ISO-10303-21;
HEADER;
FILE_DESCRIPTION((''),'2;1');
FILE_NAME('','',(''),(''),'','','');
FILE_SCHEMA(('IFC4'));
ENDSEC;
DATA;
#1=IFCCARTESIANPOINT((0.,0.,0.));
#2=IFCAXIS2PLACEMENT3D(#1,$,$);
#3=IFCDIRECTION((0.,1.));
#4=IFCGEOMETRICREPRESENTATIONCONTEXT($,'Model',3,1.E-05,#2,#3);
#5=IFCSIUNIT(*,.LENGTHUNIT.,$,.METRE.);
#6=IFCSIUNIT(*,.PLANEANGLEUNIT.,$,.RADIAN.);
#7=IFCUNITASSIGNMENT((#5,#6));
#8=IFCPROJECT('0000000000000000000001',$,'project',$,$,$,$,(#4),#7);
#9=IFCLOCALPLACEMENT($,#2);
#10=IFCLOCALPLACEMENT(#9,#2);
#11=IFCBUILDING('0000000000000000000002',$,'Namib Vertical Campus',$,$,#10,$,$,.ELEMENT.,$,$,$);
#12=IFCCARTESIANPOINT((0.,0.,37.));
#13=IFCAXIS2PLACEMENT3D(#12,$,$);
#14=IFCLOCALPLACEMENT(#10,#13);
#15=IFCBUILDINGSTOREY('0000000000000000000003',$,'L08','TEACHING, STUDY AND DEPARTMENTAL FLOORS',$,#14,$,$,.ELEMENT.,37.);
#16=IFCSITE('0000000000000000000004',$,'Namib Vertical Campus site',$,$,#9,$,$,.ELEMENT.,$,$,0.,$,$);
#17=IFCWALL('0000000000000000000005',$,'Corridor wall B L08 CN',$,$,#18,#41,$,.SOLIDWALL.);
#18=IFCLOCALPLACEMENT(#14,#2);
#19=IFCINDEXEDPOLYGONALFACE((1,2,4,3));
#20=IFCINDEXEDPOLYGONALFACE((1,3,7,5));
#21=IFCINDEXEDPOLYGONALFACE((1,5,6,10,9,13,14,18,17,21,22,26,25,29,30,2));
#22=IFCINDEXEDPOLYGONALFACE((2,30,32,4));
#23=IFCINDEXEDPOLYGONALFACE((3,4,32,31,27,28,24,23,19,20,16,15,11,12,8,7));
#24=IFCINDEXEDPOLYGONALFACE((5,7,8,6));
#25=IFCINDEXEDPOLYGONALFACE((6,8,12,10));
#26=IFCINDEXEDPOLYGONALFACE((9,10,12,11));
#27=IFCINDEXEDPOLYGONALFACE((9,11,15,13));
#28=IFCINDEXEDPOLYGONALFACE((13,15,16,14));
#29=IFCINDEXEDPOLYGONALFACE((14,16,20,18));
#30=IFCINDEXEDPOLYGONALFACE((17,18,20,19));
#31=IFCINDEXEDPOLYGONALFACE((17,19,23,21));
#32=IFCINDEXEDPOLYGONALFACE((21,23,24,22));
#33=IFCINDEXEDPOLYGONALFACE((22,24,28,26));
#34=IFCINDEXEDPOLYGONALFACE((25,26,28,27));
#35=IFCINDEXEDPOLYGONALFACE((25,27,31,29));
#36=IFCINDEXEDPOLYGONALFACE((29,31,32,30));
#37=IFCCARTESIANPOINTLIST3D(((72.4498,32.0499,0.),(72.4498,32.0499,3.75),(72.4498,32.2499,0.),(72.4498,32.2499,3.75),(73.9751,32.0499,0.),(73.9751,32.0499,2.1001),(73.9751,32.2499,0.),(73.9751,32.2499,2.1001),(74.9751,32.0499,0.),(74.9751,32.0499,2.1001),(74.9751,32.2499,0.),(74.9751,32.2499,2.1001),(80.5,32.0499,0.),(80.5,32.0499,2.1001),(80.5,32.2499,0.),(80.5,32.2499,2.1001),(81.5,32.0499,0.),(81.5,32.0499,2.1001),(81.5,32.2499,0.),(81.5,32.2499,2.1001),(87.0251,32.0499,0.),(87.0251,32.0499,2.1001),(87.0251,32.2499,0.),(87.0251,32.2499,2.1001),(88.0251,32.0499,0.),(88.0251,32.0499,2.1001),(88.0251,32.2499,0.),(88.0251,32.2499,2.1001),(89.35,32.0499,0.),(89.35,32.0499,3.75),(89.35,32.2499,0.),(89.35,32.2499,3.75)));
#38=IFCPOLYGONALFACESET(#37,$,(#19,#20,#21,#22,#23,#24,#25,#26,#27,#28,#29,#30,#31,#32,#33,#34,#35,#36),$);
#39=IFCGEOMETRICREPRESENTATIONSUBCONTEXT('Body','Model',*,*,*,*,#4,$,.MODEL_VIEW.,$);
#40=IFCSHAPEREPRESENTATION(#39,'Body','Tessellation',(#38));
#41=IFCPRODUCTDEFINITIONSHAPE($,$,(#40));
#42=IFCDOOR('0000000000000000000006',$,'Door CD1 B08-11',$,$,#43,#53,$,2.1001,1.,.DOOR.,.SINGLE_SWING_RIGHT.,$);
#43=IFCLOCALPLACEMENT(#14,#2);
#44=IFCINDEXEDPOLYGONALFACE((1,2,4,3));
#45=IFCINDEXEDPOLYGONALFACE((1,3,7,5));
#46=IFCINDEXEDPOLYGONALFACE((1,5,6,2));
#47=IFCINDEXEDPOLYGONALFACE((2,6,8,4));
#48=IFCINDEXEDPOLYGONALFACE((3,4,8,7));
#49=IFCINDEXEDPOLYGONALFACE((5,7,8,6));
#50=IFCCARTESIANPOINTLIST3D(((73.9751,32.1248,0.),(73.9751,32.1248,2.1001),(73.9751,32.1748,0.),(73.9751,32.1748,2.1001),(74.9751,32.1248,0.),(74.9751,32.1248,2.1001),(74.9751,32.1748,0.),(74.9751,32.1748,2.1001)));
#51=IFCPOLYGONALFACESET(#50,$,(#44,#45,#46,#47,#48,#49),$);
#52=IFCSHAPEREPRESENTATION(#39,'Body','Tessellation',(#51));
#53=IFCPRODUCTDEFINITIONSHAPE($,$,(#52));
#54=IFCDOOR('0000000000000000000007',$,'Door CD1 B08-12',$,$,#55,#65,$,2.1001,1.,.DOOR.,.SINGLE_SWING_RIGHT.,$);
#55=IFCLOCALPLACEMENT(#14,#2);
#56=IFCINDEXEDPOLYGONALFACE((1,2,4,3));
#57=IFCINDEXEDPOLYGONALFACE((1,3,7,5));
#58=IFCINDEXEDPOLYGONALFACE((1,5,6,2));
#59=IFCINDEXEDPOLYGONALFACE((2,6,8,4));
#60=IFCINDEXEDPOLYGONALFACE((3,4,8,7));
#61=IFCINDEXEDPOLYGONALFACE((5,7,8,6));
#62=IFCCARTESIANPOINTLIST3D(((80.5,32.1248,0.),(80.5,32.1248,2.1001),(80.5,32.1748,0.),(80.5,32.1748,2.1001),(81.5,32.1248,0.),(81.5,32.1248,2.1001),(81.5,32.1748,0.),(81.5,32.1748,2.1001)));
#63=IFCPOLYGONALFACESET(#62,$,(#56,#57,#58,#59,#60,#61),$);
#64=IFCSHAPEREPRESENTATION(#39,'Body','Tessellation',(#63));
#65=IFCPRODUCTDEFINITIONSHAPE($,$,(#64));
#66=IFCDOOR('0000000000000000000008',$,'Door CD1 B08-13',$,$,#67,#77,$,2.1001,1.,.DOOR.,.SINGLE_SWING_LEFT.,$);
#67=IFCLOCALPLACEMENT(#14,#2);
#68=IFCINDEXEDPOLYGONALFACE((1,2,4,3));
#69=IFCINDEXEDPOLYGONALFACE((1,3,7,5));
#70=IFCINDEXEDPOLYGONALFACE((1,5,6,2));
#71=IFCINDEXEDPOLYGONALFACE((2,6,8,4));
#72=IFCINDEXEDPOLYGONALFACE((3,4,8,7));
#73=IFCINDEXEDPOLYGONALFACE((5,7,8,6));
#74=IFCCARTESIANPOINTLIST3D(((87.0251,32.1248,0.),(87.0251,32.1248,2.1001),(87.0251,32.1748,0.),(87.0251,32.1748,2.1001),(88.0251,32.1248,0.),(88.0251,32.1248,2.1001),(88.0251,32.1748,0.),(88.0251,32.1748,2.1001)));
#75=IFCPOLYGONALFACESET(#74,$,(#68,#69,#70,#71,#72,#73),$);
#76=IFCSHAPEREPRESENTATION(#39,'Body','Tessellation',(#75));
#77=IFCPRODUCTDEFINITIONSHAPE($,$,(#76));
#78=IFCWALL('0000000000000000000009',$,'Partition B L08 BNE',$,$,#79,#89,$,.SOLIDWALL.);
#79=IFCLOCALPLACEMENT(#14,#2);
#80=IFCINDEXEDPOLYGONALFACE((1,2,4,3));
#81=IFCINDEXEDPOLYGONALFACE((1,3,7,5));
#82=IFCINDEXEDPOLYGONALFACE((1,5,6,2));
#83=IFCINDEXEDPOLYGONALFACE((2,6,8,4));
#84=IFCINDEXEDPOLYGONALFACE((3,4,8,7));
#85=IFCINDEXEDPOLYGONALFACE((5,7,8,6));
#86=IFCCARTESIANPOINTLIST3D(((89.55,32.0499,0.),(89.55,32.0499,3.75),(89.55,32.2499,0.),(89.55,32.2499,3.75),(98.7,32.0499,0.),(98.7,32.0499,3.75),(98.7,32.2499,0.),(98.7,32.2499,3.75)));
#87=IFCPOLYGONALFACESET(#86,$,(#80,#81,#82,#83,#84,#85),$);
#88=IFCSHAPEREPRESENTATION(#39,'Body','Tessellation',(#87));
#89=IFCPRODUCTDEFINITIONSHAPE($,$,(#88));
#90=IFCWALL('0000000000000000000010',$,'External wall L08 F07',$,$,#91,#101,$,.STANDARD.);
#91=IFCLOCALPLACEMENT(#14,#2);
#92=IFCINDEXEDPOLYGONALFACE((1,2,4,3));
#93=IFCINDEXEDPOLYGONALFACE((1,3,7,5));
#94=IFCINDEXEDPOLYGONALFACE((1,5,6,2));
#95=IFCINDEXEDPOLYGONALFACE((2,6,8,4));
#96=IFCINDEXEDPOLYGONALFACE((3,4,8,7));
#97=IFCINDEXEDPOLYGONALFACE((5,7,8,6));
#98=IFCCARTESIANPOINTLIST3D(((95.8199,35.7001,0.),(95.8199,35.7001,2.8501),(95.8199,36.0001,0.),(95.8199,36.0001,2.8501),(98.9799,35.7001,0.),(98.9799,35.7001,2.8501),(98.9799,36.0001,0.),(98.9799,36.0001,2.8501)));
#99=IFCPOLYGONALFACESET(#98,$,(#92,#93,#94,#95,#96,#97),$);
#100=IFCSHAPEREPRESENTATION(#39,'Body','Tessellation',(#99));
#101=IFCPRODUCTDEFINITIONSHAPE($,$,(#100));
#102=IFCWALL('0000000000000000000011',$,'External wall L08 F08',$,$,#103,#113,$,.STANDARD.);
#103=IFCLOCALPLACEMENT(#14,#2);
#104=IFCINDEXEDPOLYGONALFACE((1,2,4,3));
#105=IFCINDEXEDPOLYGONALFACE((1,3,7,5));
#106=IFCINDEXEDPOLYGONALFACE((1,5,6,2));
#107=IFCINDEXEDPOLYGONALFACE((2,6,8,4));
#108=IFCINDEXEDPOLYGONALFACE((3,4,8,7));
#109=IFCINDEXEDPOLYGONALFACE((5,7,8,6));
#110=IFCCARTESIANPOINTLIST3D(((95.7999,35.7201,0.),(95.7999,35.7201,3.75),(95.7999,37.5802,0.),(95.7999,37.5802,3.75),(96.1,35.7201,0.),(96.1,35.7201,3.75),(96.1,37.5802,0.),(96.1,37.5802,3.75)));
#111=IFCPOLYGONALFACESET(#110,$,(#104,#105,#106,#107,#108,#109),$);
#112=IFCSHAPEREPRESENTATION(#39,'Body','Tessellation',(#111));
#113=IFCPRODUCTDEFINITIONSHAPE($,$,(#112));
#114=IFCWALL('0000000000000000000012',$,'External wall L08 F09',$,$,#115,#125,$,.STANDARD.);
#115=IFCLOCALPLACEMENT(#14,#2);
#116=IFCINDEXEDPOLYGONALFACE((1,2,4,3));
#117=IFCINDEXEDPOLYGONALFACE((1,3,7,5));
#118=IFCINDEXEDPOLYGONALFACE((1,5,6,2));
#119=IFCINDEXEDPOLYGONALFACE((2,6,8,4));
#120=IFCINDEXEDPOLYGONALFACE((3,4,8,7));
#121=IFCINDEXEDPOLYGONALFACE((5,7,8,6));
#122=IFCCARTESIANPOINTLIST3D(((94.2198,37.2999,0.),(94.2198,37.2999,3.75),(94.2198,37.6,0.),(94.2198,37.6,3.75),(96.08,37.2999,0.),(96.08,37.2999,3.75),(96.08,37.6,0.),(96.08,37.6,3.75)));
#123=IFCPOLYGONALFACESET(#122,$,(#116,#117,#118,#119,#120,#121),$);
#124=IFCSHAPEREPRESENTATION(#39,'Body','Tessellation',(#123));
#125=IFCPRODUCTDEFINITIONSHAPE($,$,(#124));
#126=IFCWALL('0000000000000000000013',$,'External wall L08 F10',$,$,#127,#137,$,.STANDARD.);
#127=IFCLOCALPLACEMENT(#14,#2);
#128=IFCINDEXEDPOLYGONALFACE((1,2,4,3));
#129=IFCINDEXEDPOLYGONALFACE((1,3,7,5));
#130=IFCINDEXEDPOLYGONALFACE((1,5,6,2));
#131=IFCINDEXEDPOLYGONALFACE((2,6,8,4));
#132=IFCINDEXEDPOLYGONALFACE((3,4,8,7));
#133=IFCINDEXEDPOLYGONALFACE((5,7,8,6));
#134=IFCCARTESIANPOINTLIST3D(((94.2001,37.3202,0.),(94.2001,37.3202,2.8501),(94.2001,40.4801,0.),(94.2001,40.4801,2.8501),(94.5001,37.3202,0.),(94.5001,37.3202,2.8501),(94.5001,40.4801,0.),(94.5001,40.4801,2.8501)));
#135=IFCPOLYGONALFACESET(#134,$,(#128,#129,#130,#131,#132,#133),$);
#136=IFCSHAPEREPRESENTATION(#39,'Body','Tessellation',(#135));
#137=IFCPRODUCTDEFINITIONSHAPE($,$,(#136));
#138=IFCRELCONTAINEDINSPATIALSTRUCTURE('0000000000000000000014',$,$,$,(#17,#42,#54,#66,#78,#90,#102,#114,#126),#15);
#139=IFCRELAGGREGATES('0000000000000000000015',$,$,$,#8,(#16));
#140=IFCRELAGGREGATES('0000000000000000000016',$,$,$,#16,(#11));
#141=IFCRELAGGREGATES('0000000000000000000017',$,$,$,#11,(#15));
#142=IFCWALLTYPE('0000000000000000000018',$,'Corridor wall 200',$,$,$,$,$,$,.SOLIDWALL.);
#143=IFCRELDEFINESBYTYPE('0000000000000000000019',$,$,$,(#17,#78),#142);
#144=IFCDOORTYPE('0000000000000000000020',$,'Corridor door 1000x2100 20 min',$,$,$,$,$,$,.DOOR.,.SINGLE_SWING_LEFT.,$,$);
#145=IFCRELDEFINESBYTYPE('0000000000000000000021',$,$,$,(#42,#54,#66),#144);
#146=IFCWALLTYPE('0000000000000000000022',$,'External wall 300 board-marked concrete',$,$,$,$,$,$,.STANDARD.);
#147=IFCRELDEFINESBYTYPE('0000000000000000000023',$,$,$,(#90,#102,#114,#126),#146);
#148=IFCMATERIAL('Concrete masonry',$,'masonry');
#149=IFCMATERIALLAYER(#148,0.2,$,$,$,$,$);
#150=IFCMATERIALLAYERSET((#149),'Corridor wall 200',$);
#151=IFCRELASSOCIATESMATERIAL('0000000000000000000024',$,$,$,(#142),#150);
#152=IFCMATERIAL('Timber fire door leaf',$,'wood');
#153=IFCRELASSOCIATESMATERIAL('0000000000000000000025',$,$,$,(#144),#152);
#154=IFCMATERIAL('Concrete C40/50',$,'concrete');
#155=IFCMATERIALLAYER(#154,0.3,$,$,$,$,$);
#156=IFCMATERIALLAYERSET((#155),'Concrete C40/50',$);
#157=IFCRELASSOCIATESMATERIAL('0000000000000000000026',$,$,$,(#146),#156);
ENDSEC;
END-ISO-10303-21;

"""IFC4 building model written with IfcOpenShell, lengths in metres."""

from ifc_helpers import new_model, si_unit, direction, frame, frame_2d, origin, place, context, subcontext, project, spatial, rectangle, extrude, material, layer, layer_set, type_object, element, fill, save


model = new_model("IFC4")

# Units and contexts
model_context = context("Model", 3, precision=1e-05, world=origin(), true_north=direction((0.0, 1.0)))
body_context = subcontext(model_context, "Body", "Model", "MODEL_VIEW")
ifc_project = project(units=[si_unit("LENGTHUNIT", "METRE"), si_unit("PLANEANGLEUNIT", "RADIAN")], contexts=[model_context])

# Site, building, storey
site_placement = place(None, origin())
site = spatial("IfcSite", under=ifc_project, at=site_placement, Name="Namib Vertical Campus site", CompositionType="ELEMENT", RefElevation=0.0)
building_placement = place(site_placement, origin())
building = spatial("IfcBuilding", under=site, at=building_placement, Name="Namib Vertical Campus", CompositionType="ELEMENT")
storey_placement = place(building_placement, frame((0.0, 0.0, 37.0)))
storey = spatial("IfcBuildingStorey", under=building, at=storey_placement, Name="L08", Description="TEACHING, STUDY AND DEPARTMENTAL FLOORS", CompositionType="ELEMENT", Elevation=37.0)

# Wall, openings, doors
ifc_material_1 = material(Name="Concrete masonry", Category="masonry")
ifc_layer_1 = layer(ifc_material_1, 0.2)
ifc_layer_set_1 = layer_set([ifc_layer_1], Name="Corridor wall 200")
wall_type_1 = type_object("IfcWallType", Name="Corridor wall 200", PredefinedType="SOLIDWALL", material=ifc_layer_set_1)
wall_1_placement = place(storey_placement, frame((89.3501, 32.1499, 0.0), z_axis=(0.0, 0.0, 1.0), x_axis=(-1.0, 0.0, 0.0)))
wall_1 = element("IfcWall", 1, at=wall_1_placement, inside=storey, type_object=wall_type_1, Name="Corridor wall B L08 CN", PredefinedType="SOLIDWALL", context=body_context, shape_type="SweptSolid", body=[
    extrude(rectangle(XDim=16.9001, YDim=0.2, at=frame_2d((8.4502, 0.0))), origin(), (0.0, 0.0, 1.0), 3.75),
])
opening_1_placement = place(wall_1_placement, frame((14.375, 0.0, 0.0)))
opening_1 = element("IfcOpeningElement", 2, at=opening_1_placement, cuts=wall_1, PredefinedType="OPENING", context=body_context, shape_type="SweptSolid", body=[
    extrude(rectangle(XDim=1.0, YDim=2.1001, at=frame_2d((0.5, 1.05))), frame((0.0, 0.1099, 0.0), z_axis=(0.0, -1.0, 0.0), x_axis=(1.0, 0.0, 0.0)), (0.0, 0.0, 1.0), 0.22),
])
opening_2_placement = place(wall_1_placement, frame((7.8501, 0.0, 0.0)))
opening_2 = element("IfcOpeningElement", 3, at=opening_2_placement, cuts=wall_1, PredefinedType="OPENING", context=body_context, shape_type="SweptSolid", body=[
    extrude(rectangle(XDim=1.0, YDim=2.1001, at=frame_2d((0.5, 1.05))), frame((0.0, 0.1099, 0.0), z_axis=(0.0, -1.0, 0.0), x_axis=(1.0, 0.0, 0.0)), (0.0, 0.0, 1.0), 0.22),
])
opening_3_placement = place(wall_1_placement, frame((1.325, 0.0, 0.0)))
opening_3 = element("IfcOpeningElement", 4, at=opening_3_placement, cuts=wall_1, PredefinedType="OPENING", context=body_context, shape_type="SweptSolid", body=[
    extrude(rectangle(XDim=1.0, YDim=2.1001, at=frame_2d((0.5, 1.05))), frame((0.0, 0.1099, 0.0), z_axis=(0.0, -1.0, 0.0), x_axis=(1.0, 0.0, 0.0)), (0.0, 0.0, 1.0), 0.22),
])
ifc_material_2 = material(Name="Timber fire door leaf", Category="wood")
door_type = type_object("IfcDoorType", Name="Corridor door 1000x2100 20 min", OperationType="SINGLE_SWING_LEFT", PredefinedType="DOOR", material=ifc_material_2)
door_1_placement = place(opening_1_placement, frame((1.0, 0.0, 0.0), z_axis=(0.0, 0.0, 1.0), x_axis=(-1.0, 0.0, 0.0)))
door_1 = element("IfcDoor", 5, at=door_1_placement, inside=storey, type_object=door_type, Name="Door CD1 B08-11", OperationType="SINGLE_SWING_RIGHT", OverallHeight=2.1001, OverallWidth=1.0, PredefinedType="DOOR", context=body_context, shape_type="SweptSolid", body=[
    extrude(rectangle(XDim=1.0, YDim=2.1001, at=frame_2d((0.5, 1.05))), frame((0.0, 0.0249, 0.0), z_axis=(0.0, -1.0, 0.0), x_axis=(1.0, 0.0, 0.0)), (0.0, 0.0, 1.0), 0.05),
])
fill(opening_1, door_1)
door_2_placement = place(opening_2_placement, frame((1.0, 0.0, 0.0), z_axis=(0.0, 0.0, 1.0), x_axis=(-1.0, 0.0, 0.0)))
door_2 = element("IfcDoor", 6, at=door_2_placement, inside=storey, type_object=door_type, Name="Door CD1 B08-12", OperationType="SINGLE_SWING_RIGHT", OverallHeight=2.1001, OverallWidth=1.0, PredefinedType="DOOR", context=body_context, shape_type="SweptSolid", body=[
    extrude(rectangle(XDim=1.0, YDim=2.1001, at=frame_2d((0.5, 1.05))), frame((0.0, 0.0249, 0.0), z_axis=(0.0, -1.0, 0.0), x_axis=(1.0, 0.0, 0.0)), (0.0, 0.0, 1.0), 0.05),
])
fill(opening_2, door_2)
door_3_placement = place(opening_3_placement, frame((1.0, 0.0, 0.0), z_axis=(0.0, 0.0, 1.0), x_axis=(-1.0, 0.0, 0.0)))
door_3 = element("IfcDoor", 7, at=door_3_placement, inside=storey, type_object=door_type, Name="Door CD1 B08-13", OperationType="SINGLE_SWING_LEFT", OverallHeight=2.1001, OverallWidth=1.0, PredefinedType="DOOR", context=body_context, shape_type="SweptSolid", body=[
    extrude(rectangle(XDim=1.0, YDim=2.1001, at=frame_2d((0.5, 1.05))), frame((0.0, 0.0249, 0.0), z_axis=(0.0, -1.0, 0.0), x_axis=(1.0, 0.0, 0.0)), (0.0, 0.0, 1.0), 0.05),
])
fill(opening_3, door_3)

# Walls
wall_2_placement = place(storey_placement, frame((89.55, 32.1499, 0.0), z_axis=(0.0, 0.0, 1.0), x_axis=(1.0, 0.0, 0.0)))
element("IfcWall", 8, at=wall_2_placement, inside=storey, type_object=wall_type_1, Name="Partition B L08 BNE", PredefinedType="SOLIDWALL", context=body_context, shape_type="SweptSolid", body=[
    extrude(rectangle(XDim=9.1499, YDim=0.2, at=frame_2d((4.575, 0.0))), origin(), (0.0, 0.0, 1.0), 3.75),
])
ifc_material_3 = material(Name="Concrete C40/50", Category="concrete")
ifc_layer_2 = layer(ifc_material_3, 0.3)
ifc_layer_set_2 = layer_set([ifc_layer_2], Name="Concrete C40/50")
wall_type_2 = type_object("IfcWallType", Name="External wall 300 board-marked concrete", PredefinedType="STANDARD", material=ifc_layer_set_2)
wall_3_placement = place(storey_placement, frame((98.98, 35.8501, 0.0), z_axis=(0.0, 0.0, 1.0), x_axis=(-1.0, 0.0, 0.0)))
element("IfcWall", 9, at=wall_3_placement, inside=storey, type_object=wall_type_2, Name="External wall L08 F07", PredefinedType="STANDARD", context=body_context, shape_type="SweptSolid", body=[
    extrude(rectangle(XDim=3.1599, YDim=0.3, at=frame_2d((1.5801, 0.0))), origin(), (0.0, 0.0, 1.0), 2.8501),
])
for number, where, z_axis, x_axis, name in (
    (10, (95.95, 35.72, 0.0), (0.0, 0.0, 1.0), (0.0, 1.0, 0.0), "External wall L08 F08"),
    (11, (96.0801, 37.45, 0.0), (0.0, 0.0, 1.0), (-1.0, 0.0, 0.0), "External wall L08 F09"),
):
    element("IfcWall", number, at=place(storey_placement, frame(where, z_axis=z_axis, x_axis=x_axis)), inside=storey, type_object=wall_type_2, Name=name, PredefinedType="STANDARD", context=body_context, shape_type="SweptSolid", body=[
        extrude(rectangle(XDim=1.8601, YDim=0.3, at=frame_2d((0.9302, 0.0))), origin(), (0.0, 0.0, 1.0), 3.75),
    ])
wall_4_placement = place(storey_placement, frame((94.3501, 37.3201, 0.0), z_axis=(0.0, 0.0, 1.0), x_axis=(0.0, 1.0, 0.0)))
element("IfcWall", 12, at=wall_4_placement, inside=storey, type_object=wall_type_2, Name="External wall L08 F10", PredefinedType="STANDARD", context=body_context, shape_type="SweptSolid", body=[
    extrude(rectangle(XDim=3.1599, YDim=0.3, at=frame_2d((1.5801, 0.0))), origin(), (0.0, 0.0, 1.0), 2.8501),
])

save(model, "model.ifc")
